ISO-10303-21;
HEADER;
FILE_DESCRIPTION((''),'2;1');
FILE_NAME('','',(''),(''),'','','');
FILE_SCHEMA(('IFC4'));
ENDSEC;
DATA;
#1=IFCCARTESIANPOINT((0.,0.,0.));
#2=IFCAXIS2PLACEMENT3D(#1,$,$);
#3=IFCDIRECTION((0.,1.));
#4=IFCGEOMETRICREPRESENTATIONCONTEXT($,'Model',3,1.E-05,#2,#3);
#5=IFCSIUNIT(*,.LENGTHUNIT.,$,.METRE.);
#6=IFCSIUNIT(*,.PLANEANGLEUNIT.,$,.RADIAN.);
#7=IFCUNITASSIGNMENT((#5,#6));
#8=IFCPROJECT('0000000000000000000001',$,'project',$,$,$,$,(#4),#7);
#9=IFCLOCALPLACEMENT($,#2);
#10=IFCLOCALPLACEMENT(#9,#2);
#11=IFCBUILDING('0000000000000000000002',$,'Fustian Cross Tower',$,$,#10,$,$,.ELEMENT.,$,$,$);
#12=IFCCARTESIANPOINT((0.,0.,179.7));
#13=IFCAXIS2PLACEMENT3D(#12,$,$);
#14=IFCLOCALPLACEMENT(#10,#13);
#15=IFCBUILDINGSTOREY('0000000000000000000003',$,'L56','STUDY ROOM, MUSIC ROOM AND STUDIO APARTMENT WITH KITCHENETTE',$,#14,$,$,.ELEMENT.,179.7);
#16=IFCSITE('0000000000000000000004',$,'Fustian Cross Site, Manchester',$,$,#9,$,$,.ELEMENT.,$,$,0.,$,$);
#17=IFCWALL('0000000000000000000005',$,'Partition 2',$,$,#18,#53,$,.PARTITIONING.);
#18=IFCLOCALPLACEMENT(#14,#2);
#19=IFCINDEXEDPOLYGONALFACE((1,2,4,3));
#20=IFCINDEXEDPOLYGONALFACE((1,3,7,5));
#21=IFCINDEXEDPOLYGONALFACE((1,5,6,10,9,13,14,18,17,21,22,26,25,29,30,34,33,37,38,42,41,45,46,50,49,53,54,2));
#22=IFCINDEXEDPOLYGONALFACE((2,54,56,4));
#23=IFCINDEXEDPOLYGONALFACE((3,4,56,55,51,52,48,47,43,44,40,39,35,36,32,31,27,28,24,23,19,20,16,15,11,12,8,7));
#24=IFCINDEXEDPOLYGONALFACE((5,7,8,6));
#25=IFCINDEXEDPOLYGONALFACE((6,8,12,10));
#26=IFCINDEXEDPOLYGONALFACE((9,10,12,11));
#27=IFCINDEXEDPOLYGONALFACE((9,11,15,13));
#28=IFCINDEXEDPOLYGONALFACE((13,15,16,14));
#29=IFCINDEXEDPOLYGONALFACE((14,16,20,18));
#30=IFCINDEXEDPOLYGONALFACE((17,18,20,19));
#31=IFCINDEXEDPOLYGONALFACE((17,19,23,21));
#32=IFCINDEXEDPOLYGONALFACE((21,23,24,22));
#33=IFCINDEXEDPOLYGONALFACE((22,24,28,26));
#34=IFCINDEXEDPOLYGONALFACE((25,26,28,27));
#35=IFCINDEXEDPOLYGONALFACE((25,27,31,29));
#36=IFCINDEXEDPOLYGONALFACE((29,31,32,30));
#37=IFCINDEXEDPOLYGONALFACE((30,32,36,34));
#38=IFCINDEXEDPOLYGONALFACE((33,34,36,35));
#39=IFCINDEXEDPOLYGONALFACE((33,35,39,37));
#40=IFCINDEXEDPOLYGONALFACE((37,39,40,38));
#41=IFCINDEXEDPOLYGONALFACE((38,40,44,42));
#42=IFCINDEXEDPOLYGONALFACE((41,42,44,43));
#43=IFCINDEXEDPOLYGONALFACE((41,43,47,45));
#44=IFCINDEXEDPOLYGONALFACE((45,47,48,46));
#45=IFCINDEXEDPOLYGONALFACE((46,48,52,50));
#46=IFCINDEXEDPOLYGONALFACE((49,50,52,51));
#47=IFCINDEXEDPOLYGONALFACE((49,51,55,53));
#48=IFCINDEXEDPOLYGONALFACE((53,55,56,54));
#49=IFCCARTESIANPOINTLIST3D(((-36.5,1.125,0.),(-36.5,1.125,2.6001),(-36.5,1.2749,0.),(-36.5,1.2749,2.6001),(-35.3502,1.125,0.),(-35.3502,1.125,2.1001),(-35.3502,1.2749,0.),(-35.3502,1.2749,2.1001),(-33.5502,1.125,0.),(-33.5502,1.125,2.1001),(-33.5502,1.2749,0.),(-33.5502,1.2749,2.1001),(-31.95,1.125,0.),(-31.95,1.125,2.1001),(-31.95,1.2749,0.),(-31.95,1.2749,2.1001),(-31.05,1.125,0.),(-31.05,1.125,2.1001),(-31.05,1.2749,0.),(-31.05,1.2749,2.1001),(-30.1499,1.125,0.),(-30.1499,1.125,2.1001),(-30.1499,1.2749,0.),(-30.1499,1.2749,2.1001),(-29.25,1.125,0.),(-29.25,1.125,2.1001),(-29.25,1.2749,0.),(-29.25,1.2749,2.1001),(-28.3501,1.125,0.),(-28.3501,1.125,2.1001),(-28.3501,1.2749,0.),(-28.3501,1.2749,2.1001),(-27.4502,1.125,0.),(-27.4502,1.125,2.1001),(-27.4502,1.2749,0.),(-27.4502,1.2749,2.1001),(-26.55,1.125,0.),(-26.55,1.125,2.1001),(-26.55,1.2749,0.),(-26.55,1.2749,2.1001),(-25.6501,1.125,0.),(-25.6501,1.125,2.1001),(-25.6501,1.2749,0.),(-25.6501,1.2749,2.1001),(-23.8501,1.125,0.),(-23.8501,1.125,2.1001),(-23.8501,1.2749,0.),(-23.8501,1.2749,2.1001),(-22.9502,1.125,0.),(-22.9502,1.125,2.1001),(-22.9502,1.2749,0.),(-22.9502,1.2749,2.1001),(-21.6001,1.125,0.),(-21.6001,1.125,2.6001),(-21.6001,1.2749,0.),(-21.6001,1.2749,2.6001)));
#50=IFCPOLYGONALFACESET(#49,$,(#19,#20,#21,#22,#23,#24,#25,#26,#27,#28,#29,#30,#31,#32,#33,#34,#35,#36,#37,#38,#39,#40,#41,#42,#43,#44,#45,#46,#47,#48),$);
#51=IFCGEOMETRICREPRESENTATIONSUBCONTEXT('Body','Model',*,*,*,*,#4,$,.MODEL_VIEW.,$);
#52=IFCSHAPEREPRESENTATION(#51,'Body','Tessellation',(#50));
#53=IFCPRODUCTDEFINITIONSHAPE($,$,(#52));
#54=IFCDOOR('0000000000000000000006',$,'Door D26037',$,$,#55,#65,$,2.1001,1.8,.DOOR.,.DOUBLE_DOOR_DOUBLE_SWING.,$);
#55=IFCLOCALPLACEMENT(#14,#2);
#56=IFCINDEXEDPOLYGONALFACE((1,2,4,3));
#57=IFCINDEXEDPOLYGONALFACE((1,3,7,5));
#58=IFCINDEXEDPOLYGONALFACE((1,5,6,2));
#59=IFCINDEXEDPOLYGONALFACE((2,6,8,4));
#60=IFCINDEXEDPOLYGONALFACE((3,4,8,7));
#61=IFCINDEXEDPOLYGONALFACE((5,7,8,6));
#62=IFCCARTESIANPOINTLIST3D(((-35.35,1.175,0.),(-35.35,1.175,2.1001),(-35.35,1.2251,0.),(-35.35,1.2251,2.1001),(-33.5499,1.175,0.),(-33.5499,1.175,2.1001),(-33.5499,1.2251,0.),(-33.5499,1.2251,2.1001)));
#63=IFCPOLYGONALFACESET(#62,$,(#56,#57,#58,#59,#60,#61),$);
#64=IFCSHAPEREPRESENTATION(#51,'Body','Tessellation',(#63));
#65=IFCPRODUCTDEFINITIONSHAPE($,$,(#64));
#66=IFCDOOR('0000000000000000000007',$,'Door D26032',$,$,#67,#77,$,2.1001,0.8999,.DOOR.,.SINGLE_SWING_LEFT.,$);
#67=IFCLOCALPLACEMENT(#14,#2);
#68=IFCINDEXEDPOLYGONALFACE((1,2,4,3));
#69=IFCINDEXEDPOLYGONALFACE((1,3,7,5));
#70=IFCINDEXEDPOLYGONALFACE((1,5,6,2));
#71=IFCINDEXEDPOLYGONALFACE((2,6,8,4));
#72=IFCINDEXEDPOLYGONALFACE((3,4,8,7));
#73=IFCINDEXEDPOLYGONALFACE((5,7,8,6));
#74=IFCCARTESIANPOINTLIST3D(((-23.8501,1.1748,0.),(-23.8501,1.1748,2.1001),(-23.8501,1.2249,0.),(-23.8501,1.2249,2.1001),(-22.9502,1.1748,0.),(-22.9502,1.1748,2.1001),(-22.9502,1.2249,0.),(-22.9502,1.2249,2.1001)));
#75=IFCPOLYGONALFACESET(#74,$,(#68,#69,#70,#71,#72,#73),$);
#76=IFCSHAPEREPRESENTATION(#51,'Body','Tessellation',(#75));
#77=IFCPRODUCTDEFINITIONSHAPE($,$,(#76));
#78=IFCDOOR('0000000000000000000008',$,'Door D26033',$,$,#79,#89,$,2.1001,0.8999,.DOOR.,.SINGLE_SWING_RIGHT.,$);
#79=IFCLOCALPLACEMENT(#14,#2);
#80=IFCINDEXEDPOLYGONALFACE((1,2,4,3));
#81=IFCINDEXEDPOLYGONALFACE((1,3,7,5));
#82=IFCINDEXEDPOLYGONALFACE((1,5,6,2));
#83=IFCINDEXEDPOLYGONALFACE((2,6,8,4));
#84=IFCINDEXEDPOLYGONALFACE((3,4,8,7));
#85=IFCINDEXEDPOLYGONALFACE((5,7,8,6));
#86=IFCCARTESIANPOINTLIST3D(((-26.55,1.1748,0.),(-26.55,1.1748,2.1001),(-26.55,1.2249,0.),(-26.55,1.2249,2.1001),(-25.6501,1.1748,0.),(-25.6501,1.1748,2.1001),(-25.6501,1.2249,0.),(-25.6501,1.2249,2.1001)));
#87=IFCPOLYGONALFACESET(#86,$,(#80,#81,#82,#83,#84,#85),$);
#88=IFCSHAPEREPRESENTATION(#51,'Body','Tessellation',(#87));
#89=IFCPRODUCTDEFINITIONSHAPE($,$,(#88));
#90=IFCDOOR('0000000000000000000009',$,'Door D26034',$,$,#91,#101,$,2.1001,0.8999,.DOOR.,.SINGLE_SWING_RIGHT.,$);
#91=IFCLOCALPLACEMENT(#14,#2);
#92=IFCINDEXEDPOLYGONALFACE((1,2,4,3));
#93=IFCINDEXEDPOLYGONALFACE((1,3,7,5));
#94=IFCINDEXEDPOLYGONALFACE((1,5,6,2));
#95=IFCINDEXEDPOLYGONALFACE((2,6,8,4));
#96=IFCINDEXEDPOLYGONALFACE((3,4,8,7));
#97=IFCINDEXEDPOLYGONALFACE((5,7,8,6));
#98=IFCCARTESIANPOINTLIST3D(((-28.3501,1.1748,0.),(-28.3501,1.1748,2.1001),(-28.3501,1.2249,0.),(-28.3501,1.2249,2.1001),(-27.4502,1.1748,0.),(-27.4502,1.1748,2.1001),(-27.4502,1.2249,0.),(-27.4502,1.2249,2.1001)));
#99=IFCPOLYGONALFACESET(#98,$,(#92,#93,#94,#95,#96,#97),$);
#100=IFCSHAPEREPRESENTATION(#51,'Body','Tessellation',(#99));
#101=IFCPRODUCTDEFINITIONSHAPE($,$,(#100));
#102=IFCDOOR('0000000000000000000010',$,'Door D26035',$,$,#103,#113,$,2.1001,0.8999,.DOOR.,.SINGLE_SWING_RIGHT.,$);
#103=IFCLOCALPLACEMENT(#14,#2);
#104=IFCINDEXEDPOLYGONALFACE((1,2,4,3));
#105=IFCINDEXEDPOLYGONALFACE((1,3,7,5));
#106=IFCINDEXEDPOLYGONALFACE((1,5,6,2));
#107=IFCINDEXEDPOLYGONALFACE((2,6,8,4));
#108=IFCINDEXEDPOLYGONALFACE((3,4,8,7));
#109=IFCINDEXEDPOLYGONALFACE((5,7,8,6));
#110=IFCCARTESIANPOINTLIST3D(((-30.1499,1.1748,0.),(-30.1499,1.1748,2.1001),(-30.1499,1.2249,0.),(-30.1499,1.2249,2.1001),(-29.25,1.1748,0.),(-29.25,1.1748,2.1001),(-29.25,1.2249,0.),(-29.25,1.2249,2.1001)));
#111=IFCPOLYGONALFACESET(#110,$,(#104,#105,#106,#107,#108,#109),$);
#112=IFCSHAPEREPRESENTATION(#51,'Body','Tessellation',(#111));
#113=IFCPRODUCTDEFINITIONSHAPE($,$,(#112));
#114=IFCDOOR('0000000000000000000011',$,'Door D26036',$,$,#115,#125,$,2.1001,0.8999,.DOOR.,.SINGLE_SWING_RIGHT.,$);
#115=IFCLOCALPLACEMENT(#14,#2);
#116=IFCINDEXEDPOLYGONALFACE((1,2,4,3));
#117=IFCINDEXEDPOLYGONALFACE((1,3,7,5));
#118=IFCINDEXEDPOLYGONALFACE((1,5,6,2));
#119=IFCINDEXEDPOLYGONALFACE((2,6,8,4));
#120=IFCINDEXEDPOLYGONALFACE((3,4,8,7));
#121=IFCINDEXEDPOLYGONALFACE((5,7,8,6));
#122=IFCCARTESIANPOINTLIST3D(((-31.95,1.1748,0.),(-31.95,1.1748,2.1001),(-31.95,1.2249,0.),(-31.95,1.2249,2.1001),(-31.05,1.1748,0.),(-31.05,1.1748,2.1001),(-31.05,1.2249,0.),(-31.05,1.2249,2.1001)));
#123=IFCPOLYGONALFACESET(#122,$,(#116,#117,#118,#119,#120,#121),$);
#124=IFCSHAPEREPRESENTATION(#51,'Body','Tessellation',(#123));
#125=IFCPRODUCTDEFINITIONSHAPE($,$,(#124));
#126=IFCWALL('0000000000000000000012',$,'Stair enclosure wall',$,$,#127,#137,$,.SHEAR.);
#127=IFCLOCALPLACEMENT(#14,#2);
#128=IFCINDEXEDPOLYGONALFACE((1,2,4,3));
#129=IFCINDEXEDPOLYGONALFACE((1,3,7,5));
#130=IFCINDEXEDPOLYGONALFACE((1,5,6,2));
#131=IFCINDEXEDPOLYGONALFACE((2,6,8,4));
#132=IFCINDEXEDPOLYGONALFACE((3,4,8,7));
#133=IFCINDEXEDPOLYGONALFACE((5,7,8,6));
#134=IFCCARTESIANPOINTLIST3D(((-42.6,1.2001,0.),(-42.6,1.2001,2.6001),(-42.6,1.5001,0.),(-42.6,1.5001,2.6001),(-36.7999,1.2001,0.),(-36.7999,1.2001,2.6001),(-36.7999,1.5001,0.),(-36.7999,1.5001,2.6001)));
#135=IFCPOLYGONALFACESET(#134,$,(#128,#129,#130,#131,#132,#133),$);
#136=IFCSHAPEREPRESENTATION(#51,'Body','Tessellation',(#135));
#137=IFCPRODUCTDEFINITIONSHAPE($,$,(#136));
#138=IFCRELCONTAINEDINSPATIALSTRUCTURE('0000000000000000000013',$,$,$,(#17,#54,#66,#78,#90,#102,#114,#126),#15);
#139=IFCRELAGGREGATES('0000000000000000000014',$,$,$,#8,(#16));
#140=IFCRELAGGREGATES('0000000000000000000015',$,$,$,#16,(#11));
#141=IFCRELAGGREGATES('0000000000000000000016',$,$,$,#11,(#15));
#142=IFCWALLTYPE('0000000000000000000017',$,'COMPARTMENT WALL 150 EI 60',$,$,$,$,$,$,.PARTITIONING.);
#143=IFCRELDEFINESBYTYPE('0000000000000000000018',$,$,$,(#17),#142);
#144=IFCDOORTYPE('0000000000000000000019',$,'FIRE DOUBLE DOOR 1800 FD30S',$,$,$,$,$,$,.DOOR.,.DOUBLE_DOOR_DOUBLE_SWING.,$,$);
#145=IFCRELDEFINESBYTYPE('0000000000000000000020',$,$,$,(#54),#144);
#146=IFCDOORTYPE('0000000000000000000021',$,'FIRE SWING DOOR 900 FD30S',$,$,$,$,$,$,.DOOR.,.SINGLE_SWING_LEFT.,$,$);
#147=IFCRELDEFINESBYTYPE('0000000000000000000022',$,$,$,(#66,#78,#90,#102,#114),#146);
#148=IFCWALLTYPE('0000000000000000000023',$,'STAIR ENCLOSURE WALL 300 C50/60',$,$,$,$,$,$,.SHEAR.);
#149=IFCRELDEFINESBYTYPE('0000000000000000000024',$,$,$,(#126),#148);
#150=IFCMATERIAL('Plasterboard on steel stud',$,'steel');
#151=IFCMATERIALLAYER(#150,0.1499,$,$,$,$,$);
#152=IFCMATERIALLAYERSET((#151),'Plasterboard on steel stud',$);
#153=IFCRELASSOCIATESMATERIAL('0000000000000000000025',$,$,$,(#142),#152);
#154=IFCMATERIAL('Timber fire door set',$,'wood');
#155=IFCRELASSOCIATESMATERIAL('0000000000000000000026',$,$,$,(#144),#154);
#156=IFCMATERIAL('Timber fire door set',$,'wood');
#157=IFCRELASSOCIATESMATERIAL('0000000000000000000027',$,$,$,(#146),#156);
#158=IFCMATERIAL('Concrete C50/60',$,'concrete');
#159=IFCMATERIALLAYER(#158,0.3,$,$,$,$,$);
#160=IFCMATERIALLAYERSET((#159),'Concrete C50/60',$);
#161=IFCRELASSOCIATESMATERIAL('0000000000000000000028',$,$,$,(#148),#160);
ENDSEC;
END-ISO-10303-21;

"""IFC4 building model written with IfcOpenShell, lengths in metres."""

from ifc_helpers import new_model, si_unit, direction, frame, frame_2d, origin, place, context, subcontext, project, spatial, rectangle, extrude, material, layer, layer_set, type_object, element, fill, save


model = new_model("IFC4")

# Units and contexts
model_context = context("Model", 3, precision=1e-05, world=origin(), true_north=direction((0.0, 1.0)))
body_context = subcontext(model_context, "Body", "Model", "MODEL_VIEW")
ifc_project = project(units=[si_unit("LENGTHUNIT", "METRE"), si_unit("PLANEANGLEUNIT", "RADIAN")], contexts=[model_context])

# Site, building, storey
site_placement = place(None, origin())
site = spatial("IfcSite", under=ifc_project, at=site_placement, Name="Fustian Cross Site, Manchester", CompositionType="ELEMENT", RefElevation=0.0)
building_placement = place(site_placement, origin())
building = spatial("IfcBuilding", under=site, at=building_placement, Name="Fustian Cross Tower", CompositionType="ELEMENT")
storey_placement = place(building_placement, frame((0.0, 0.0, 179.7)))
storey = spatial("IfcBuildingStorey", under=building, at=storey_placement, Name="L56", Description="STUDY ROOM, MUSIC ROOM AND STUDIO APARTMENT WITH KITCHENETTE", CompositionType="ELEMENT", Elevation=179.7)

# Wall, openings, doors
ifc_material_1 = material(Name="Plasterboard on steel stud", Category="steel")
ifc_layer_1 = layer(ifc_material_1, 0.1499)
ifc_layer_set_1 = layer_set([ifc_layer_1], Name="Plasterboard on steel stud")
wall_type_1 = type_object("IfcWallType", Name="COMPARTMENT WALL 150 EI 60", PredefinedType="PARTITIONING", material=ifc_layer_set_1)
ifc_material_2 = material(Name="Timber fire door set", Category="wood")
door_type_1 = type_object("IfcDoorType", Name="FIRE DOUBLE DOOR 1800 FD30S", OperationType="DOUBLE_DOOR_DOUBLE_SWING", PredefinedType="DOOR", material=ifc_material_2)
ifc_material_3 = material(Name="Timber fire door set", Category="wood")
door_type_2 = type_object("IfcDoorType", Name="FIRE SWING DOOR 900 FD30S", OperationType="SINGLE_SWING_LEFT", PredefinedType="DOOR", material=ifc_material_3)
wall_1_placement = place(storey_placement, frame((-36.5, 1.2, 0.0), z_axis=(0.0, 0.0, 1.0), x_axis=(1.0, 0.0, 0.0)))
wall_1 = element("IfcWall", 1, at=wall_1_placement, inside=storey, type_object=wall_type_1, Name="Partition 2", PredefinedType="PARTITIONING", context=body_context, shape_type="SweptSolid", body=[
    extrude(rectangle(XDim=14.8999, YDim=0.1499, at=frame_2d((7.45, 0.0))), origin(), (0.0, 0.0, 1.0), 2.6001),
])
opening_1_placement = place(wall_1_placement, frame((12.6499, 0.0, 0.0)))
opening_1 = element("IfcOpeningElement", 2, at=opening_1_placement, cuts=wall_1, PredefinedType="OPENING", context=body_context, shape_type="SweptSolid", body=[
    extrude(rectangle(XDim=0.8999, YDim=2.1001, at=frame_2d((0.45, 1.05))), frame((0.0, 0.085, 0.0), z_axis=(0.0, -1.0, 0.0), x_axis=(1.0, 0.0, 0.0)), (0.0, 0.0, 1.0), 0.1699),
])
opening_2_placement = place(wall_1_placement, frame((9.95, 0.0, 0.0)))
opening_2 = element("IfcOpeningElement", 3, at=opening_2_placement, cuts=wall_1, PredefinedType="OPENING", context=body_context, shape_type="SweptSolid", body=[
    extrude(rectangle(XDim=0.8999, YDim=2.1001, at=frame_2d((0.45, 1.05))), frame((0.0, 0.085, 0.0), z_axis=(0.0, -1.0, 0.0), x_axis=(1.0, 0.0, 0.0)), (0.0, 0.0, 1.0), 0.1699),
])
opening_3_placement = place(wall_1_placement, frame((8.1499, 0.0, 0.0)))
opening_3 = element("IfcOpeningElement", 4, at=opening_3_placement, cuts=wall_1, PredefinedType="OPENING", context=body_context, shape_type="SweptSolid", body=[
    extrude(rectangle(XDim=0.8999, YDim=2.1001, at=frame_2d((0.45, 1.05))), frame((0.0, 0.085, 0.0), z_axis=(0.0, -1.0, 0.0), x_axis=(1.0, 0.0, 0.0)), (0.0, 0.0, 1.0), 0.1699),
])
opening_4_placement = place(wall_1_placement, frame((6.3501, 0.0, 0.0)))
opening_4 = element("IfcOpeningElement", 5, at=opening_4_placement, cuts=wall_1, PredefinedType="OPENING", context=body_context, shape_type="SweptSolid", body=[
    extrude(rectangle(XDim=0.8999, YDim=2.1001, at=frame_2d((0.45, 1.05))), frame((0.0, 0.085, 0.0), z_axis=(0.0, -1.0, 0.0), x_axis=(1.0, 0.0, 0.0)), (0.0, 0.0, 1.0), 0.1699),
])
opening_5_placement = place(wall_1_placement, frame((4.55, 0.0, 0.0)))
opening_5 = element("IfcOpeningElement", 6, at=opening_5_placement, cuts=wall_1, PredefinedType="OPENING", context=body_context, shape_type="SweptSolid", body=[
    extrude(rectangle(XDim=0.8999, YDim=2.1001, at=frame_2d((0.45, 1.05))), frame((0.0, 0.085, 0.0), z_axis=(0.0, -1.0, 0.0), x_axis=(1.0, 0.0, 0.0)), (0.0, 0.0, 1.0), 0.1699),
])
opening_6_placement = place(wall_1_placement, frame((1.1499, 0.0, 0.0)))
opening_6 = element("IfcOpeningElement", 7, at=opening_6_placement, cuts=wall_1, PredefinedType="OPENING", context=body_context, shape_type="SweptSolid", body=[
    extrude(rectangle(XDim=1.8, YDim=2.1001, at=frame_2d((0.8999, 1.05))), frame((0.0, 0.085, 0.0), z_axis=(0.0, -1.0, 0.0), x_axis=(1.0, 0.0, 0.0)), (0.0, 0.0, 1.0), 0.1699),
])
door_1_placement = place(opening_6_placement, frame((1.8, 0.0, 0.0), z_axis=(0.0, 0.0, 1.0), x_axis=(-1.0, 0.0, 0.0)))
door_1 = element("IfcDoor", 8, at=door_1_placement, inside=storey, type_object=door_type_1, Name="Door D26037", OperationType="DOUBLE_DOOR_DOUBLE_SWING", OverallHeight=2.1001, OverallWidth=1.8, PredefinedType="DOOR", context=body_context, shape_type="SweptSolid", body=[
    extrude(rectangle(XDim=1.8, YDim=2.1001, at=frame_2d((0.8999, 1.05))), frame((0.0, 0.0249, 0.0), z_axis=(0.0, -1.0, 0.0), x_axis=(1.0, 0.0, 0.0)), (0.0, 0.0, 1.0), 0.05),
])
fill(opening_6, door_1)
door_2_placement = place(opening_1_placement, origin())
door_2 = element("IfcDoor", 9, at=door_2_placement, inside=storey, type_object=door_type_2, Name="Door D26032", OperationType="SINGLE_SWING_LEFT", OverallHeight=2.1001, OverallWidth=0.8999, PredefinedType="DOOR", context=body_context, shape_type="SweptSolid", body=[
    extrude(rectangle(XDim=0.8999, YDim=2.1001, at=frame_2d((0.45, 1.05))), frame((0.0, 0.0249, 0.0), z_axis=(0.0, -1.0, 0.0), x_axis=(1.0, 0.0, 0.0)), (0.0, 0.0, 1.0), 0.05),
])
fill(opening_1, door_2)
door_3_placement = place(opening_2_placement, origin())
door_3 = element("IfcDoor", 10, at=door_3_placement, inside=storey, type_object=door_type_2, Name="Door D26033", OperationType="SINGLE_SWING_RIGHT", OverallHeight=2.1001, OverallWidth=0.8999, PredefinedType="DOOR", context=body_context, shape_type="SweptSolid", body=[
    extrude(rectangle(XDim=0.8999, YDim=2.1001, at=frame_2d((0.45, 1.05))), frame((0.0, 0.0249, 0.0), z_axis=(0.0, -1.0, 0.0), x_axis=(1.0, 0.0, 0.0)), (0.0, 0.0, 1.0), 0.05),
])
fill(opening_2, door_3)
door_4_placement = place(opening_3_placement, origin())
door_4 = element("IfcDoor", 11, at=door_4_placement, inside=storey, type_object=door_type_2, Name="Door D26034", OperationType="SINGLE_SWING_RIGHT", OverallHeight=2.1001, OverallWidth=0.8999, PredefinedType="DOOR", context=body_context, shape_type="SweptSolid", body=[
    extrude(rectangle(XDim=0.8999, YDim=2.1001, at=frame_2d((0.45, 1.05))), frame((0.0, 0.0249, 0.0), z_axis=(0.0, -1.0, 0.0), x_axis=(1.0, 0.0, 0.0)), (0.0, 0.0, 1.0), 0.05),
])
fill(opening_3, door_4)
door_5_placement = place(opening_4_placement, origin())
door_5 = element("IfcDoor", 12, at=door_5_placement, inside=storey, type_object=door_type_2, Name="Door D26035", OperationType="SINGLE_SWING_RIGHT", OverallHeight=2.1001, OverallWidth=0.8999, PredefinedType="DOOR", context=body_context, shape_type="SweptSolid", body=[
    extrude(rectangle(XDim=0.8999, YDim=2.1001, at=frame_2d((0.45, 1.05))), frame((0.0, 0.0249, 0.0), z_axis=(0.0, -1.0, 0.0), x_axis=(1.0, 0.0, 0.0)), (0.0, 0.0, 1.0), 0.05),
])
fill(opening_4, door_5)
door_6_placement = place(opening_5_placement, origin())
door_6 = element("IfcDoor", 13, at=door_6_placement, inside=storey, type_object=door_type_2, Name="Door D26036", OperationType="SINGLE_SWING_RIGHT", OverallHeight=2.1001, OverallWidth=0.8999, PredefinedType="DOOR", context=body_context, shape_type="SweptSolid", body=[
    extrude(rectangle(XDim=0.8999, YDim=2.1001, at=frame_2d((0.45, 1.05))), frame((0.0, 0.0249, 0.0), z_axis=(0.0, -1.0, 0.0), x_axis=(1.0, 0.0, 0.0)), (0.0, 0.0, 1.0), 0.05),
])
fill(opening_5, door_6)

# Wall
ifc_material_4 = material(Name="Concrete C50/60", Category="concrete")
ifc_layer_2 = layer(ifc_material_4, 0.3)
ifc_layer_set_2 = layer_set([ifc_layer_2], Name="Concrete C50/60")
wall_type_2 = type_object("IfcWallType", Name="STAIR ENCLOSURE WALL 300 C50/60", PredefinedType="SHEAR", material=ifc_layer_set_2)
wall_2_placement = place(storey_placement, frame((-36.8, 1.3501, 0.0), z_axis=(0.0, 0.0, 1.0), x_axis=(-1.0, 0.0, 0.0)))
element("IfcWall", 14, at=wall_2_placement, inside=storey, type_object=wall_type_2, Name="Stair enclosure wall", PredefinedType="SHEAR", context=body_context, shape_type="SweptSolid", body=[
    extrude(rectangle(XDim=5.8, YDim=0.3, at=frame_2d((2.8999, 0.0))), origin(), (0.0, 0.0, 1.0), 2.6001),
])

save(model, "model.ifc")
